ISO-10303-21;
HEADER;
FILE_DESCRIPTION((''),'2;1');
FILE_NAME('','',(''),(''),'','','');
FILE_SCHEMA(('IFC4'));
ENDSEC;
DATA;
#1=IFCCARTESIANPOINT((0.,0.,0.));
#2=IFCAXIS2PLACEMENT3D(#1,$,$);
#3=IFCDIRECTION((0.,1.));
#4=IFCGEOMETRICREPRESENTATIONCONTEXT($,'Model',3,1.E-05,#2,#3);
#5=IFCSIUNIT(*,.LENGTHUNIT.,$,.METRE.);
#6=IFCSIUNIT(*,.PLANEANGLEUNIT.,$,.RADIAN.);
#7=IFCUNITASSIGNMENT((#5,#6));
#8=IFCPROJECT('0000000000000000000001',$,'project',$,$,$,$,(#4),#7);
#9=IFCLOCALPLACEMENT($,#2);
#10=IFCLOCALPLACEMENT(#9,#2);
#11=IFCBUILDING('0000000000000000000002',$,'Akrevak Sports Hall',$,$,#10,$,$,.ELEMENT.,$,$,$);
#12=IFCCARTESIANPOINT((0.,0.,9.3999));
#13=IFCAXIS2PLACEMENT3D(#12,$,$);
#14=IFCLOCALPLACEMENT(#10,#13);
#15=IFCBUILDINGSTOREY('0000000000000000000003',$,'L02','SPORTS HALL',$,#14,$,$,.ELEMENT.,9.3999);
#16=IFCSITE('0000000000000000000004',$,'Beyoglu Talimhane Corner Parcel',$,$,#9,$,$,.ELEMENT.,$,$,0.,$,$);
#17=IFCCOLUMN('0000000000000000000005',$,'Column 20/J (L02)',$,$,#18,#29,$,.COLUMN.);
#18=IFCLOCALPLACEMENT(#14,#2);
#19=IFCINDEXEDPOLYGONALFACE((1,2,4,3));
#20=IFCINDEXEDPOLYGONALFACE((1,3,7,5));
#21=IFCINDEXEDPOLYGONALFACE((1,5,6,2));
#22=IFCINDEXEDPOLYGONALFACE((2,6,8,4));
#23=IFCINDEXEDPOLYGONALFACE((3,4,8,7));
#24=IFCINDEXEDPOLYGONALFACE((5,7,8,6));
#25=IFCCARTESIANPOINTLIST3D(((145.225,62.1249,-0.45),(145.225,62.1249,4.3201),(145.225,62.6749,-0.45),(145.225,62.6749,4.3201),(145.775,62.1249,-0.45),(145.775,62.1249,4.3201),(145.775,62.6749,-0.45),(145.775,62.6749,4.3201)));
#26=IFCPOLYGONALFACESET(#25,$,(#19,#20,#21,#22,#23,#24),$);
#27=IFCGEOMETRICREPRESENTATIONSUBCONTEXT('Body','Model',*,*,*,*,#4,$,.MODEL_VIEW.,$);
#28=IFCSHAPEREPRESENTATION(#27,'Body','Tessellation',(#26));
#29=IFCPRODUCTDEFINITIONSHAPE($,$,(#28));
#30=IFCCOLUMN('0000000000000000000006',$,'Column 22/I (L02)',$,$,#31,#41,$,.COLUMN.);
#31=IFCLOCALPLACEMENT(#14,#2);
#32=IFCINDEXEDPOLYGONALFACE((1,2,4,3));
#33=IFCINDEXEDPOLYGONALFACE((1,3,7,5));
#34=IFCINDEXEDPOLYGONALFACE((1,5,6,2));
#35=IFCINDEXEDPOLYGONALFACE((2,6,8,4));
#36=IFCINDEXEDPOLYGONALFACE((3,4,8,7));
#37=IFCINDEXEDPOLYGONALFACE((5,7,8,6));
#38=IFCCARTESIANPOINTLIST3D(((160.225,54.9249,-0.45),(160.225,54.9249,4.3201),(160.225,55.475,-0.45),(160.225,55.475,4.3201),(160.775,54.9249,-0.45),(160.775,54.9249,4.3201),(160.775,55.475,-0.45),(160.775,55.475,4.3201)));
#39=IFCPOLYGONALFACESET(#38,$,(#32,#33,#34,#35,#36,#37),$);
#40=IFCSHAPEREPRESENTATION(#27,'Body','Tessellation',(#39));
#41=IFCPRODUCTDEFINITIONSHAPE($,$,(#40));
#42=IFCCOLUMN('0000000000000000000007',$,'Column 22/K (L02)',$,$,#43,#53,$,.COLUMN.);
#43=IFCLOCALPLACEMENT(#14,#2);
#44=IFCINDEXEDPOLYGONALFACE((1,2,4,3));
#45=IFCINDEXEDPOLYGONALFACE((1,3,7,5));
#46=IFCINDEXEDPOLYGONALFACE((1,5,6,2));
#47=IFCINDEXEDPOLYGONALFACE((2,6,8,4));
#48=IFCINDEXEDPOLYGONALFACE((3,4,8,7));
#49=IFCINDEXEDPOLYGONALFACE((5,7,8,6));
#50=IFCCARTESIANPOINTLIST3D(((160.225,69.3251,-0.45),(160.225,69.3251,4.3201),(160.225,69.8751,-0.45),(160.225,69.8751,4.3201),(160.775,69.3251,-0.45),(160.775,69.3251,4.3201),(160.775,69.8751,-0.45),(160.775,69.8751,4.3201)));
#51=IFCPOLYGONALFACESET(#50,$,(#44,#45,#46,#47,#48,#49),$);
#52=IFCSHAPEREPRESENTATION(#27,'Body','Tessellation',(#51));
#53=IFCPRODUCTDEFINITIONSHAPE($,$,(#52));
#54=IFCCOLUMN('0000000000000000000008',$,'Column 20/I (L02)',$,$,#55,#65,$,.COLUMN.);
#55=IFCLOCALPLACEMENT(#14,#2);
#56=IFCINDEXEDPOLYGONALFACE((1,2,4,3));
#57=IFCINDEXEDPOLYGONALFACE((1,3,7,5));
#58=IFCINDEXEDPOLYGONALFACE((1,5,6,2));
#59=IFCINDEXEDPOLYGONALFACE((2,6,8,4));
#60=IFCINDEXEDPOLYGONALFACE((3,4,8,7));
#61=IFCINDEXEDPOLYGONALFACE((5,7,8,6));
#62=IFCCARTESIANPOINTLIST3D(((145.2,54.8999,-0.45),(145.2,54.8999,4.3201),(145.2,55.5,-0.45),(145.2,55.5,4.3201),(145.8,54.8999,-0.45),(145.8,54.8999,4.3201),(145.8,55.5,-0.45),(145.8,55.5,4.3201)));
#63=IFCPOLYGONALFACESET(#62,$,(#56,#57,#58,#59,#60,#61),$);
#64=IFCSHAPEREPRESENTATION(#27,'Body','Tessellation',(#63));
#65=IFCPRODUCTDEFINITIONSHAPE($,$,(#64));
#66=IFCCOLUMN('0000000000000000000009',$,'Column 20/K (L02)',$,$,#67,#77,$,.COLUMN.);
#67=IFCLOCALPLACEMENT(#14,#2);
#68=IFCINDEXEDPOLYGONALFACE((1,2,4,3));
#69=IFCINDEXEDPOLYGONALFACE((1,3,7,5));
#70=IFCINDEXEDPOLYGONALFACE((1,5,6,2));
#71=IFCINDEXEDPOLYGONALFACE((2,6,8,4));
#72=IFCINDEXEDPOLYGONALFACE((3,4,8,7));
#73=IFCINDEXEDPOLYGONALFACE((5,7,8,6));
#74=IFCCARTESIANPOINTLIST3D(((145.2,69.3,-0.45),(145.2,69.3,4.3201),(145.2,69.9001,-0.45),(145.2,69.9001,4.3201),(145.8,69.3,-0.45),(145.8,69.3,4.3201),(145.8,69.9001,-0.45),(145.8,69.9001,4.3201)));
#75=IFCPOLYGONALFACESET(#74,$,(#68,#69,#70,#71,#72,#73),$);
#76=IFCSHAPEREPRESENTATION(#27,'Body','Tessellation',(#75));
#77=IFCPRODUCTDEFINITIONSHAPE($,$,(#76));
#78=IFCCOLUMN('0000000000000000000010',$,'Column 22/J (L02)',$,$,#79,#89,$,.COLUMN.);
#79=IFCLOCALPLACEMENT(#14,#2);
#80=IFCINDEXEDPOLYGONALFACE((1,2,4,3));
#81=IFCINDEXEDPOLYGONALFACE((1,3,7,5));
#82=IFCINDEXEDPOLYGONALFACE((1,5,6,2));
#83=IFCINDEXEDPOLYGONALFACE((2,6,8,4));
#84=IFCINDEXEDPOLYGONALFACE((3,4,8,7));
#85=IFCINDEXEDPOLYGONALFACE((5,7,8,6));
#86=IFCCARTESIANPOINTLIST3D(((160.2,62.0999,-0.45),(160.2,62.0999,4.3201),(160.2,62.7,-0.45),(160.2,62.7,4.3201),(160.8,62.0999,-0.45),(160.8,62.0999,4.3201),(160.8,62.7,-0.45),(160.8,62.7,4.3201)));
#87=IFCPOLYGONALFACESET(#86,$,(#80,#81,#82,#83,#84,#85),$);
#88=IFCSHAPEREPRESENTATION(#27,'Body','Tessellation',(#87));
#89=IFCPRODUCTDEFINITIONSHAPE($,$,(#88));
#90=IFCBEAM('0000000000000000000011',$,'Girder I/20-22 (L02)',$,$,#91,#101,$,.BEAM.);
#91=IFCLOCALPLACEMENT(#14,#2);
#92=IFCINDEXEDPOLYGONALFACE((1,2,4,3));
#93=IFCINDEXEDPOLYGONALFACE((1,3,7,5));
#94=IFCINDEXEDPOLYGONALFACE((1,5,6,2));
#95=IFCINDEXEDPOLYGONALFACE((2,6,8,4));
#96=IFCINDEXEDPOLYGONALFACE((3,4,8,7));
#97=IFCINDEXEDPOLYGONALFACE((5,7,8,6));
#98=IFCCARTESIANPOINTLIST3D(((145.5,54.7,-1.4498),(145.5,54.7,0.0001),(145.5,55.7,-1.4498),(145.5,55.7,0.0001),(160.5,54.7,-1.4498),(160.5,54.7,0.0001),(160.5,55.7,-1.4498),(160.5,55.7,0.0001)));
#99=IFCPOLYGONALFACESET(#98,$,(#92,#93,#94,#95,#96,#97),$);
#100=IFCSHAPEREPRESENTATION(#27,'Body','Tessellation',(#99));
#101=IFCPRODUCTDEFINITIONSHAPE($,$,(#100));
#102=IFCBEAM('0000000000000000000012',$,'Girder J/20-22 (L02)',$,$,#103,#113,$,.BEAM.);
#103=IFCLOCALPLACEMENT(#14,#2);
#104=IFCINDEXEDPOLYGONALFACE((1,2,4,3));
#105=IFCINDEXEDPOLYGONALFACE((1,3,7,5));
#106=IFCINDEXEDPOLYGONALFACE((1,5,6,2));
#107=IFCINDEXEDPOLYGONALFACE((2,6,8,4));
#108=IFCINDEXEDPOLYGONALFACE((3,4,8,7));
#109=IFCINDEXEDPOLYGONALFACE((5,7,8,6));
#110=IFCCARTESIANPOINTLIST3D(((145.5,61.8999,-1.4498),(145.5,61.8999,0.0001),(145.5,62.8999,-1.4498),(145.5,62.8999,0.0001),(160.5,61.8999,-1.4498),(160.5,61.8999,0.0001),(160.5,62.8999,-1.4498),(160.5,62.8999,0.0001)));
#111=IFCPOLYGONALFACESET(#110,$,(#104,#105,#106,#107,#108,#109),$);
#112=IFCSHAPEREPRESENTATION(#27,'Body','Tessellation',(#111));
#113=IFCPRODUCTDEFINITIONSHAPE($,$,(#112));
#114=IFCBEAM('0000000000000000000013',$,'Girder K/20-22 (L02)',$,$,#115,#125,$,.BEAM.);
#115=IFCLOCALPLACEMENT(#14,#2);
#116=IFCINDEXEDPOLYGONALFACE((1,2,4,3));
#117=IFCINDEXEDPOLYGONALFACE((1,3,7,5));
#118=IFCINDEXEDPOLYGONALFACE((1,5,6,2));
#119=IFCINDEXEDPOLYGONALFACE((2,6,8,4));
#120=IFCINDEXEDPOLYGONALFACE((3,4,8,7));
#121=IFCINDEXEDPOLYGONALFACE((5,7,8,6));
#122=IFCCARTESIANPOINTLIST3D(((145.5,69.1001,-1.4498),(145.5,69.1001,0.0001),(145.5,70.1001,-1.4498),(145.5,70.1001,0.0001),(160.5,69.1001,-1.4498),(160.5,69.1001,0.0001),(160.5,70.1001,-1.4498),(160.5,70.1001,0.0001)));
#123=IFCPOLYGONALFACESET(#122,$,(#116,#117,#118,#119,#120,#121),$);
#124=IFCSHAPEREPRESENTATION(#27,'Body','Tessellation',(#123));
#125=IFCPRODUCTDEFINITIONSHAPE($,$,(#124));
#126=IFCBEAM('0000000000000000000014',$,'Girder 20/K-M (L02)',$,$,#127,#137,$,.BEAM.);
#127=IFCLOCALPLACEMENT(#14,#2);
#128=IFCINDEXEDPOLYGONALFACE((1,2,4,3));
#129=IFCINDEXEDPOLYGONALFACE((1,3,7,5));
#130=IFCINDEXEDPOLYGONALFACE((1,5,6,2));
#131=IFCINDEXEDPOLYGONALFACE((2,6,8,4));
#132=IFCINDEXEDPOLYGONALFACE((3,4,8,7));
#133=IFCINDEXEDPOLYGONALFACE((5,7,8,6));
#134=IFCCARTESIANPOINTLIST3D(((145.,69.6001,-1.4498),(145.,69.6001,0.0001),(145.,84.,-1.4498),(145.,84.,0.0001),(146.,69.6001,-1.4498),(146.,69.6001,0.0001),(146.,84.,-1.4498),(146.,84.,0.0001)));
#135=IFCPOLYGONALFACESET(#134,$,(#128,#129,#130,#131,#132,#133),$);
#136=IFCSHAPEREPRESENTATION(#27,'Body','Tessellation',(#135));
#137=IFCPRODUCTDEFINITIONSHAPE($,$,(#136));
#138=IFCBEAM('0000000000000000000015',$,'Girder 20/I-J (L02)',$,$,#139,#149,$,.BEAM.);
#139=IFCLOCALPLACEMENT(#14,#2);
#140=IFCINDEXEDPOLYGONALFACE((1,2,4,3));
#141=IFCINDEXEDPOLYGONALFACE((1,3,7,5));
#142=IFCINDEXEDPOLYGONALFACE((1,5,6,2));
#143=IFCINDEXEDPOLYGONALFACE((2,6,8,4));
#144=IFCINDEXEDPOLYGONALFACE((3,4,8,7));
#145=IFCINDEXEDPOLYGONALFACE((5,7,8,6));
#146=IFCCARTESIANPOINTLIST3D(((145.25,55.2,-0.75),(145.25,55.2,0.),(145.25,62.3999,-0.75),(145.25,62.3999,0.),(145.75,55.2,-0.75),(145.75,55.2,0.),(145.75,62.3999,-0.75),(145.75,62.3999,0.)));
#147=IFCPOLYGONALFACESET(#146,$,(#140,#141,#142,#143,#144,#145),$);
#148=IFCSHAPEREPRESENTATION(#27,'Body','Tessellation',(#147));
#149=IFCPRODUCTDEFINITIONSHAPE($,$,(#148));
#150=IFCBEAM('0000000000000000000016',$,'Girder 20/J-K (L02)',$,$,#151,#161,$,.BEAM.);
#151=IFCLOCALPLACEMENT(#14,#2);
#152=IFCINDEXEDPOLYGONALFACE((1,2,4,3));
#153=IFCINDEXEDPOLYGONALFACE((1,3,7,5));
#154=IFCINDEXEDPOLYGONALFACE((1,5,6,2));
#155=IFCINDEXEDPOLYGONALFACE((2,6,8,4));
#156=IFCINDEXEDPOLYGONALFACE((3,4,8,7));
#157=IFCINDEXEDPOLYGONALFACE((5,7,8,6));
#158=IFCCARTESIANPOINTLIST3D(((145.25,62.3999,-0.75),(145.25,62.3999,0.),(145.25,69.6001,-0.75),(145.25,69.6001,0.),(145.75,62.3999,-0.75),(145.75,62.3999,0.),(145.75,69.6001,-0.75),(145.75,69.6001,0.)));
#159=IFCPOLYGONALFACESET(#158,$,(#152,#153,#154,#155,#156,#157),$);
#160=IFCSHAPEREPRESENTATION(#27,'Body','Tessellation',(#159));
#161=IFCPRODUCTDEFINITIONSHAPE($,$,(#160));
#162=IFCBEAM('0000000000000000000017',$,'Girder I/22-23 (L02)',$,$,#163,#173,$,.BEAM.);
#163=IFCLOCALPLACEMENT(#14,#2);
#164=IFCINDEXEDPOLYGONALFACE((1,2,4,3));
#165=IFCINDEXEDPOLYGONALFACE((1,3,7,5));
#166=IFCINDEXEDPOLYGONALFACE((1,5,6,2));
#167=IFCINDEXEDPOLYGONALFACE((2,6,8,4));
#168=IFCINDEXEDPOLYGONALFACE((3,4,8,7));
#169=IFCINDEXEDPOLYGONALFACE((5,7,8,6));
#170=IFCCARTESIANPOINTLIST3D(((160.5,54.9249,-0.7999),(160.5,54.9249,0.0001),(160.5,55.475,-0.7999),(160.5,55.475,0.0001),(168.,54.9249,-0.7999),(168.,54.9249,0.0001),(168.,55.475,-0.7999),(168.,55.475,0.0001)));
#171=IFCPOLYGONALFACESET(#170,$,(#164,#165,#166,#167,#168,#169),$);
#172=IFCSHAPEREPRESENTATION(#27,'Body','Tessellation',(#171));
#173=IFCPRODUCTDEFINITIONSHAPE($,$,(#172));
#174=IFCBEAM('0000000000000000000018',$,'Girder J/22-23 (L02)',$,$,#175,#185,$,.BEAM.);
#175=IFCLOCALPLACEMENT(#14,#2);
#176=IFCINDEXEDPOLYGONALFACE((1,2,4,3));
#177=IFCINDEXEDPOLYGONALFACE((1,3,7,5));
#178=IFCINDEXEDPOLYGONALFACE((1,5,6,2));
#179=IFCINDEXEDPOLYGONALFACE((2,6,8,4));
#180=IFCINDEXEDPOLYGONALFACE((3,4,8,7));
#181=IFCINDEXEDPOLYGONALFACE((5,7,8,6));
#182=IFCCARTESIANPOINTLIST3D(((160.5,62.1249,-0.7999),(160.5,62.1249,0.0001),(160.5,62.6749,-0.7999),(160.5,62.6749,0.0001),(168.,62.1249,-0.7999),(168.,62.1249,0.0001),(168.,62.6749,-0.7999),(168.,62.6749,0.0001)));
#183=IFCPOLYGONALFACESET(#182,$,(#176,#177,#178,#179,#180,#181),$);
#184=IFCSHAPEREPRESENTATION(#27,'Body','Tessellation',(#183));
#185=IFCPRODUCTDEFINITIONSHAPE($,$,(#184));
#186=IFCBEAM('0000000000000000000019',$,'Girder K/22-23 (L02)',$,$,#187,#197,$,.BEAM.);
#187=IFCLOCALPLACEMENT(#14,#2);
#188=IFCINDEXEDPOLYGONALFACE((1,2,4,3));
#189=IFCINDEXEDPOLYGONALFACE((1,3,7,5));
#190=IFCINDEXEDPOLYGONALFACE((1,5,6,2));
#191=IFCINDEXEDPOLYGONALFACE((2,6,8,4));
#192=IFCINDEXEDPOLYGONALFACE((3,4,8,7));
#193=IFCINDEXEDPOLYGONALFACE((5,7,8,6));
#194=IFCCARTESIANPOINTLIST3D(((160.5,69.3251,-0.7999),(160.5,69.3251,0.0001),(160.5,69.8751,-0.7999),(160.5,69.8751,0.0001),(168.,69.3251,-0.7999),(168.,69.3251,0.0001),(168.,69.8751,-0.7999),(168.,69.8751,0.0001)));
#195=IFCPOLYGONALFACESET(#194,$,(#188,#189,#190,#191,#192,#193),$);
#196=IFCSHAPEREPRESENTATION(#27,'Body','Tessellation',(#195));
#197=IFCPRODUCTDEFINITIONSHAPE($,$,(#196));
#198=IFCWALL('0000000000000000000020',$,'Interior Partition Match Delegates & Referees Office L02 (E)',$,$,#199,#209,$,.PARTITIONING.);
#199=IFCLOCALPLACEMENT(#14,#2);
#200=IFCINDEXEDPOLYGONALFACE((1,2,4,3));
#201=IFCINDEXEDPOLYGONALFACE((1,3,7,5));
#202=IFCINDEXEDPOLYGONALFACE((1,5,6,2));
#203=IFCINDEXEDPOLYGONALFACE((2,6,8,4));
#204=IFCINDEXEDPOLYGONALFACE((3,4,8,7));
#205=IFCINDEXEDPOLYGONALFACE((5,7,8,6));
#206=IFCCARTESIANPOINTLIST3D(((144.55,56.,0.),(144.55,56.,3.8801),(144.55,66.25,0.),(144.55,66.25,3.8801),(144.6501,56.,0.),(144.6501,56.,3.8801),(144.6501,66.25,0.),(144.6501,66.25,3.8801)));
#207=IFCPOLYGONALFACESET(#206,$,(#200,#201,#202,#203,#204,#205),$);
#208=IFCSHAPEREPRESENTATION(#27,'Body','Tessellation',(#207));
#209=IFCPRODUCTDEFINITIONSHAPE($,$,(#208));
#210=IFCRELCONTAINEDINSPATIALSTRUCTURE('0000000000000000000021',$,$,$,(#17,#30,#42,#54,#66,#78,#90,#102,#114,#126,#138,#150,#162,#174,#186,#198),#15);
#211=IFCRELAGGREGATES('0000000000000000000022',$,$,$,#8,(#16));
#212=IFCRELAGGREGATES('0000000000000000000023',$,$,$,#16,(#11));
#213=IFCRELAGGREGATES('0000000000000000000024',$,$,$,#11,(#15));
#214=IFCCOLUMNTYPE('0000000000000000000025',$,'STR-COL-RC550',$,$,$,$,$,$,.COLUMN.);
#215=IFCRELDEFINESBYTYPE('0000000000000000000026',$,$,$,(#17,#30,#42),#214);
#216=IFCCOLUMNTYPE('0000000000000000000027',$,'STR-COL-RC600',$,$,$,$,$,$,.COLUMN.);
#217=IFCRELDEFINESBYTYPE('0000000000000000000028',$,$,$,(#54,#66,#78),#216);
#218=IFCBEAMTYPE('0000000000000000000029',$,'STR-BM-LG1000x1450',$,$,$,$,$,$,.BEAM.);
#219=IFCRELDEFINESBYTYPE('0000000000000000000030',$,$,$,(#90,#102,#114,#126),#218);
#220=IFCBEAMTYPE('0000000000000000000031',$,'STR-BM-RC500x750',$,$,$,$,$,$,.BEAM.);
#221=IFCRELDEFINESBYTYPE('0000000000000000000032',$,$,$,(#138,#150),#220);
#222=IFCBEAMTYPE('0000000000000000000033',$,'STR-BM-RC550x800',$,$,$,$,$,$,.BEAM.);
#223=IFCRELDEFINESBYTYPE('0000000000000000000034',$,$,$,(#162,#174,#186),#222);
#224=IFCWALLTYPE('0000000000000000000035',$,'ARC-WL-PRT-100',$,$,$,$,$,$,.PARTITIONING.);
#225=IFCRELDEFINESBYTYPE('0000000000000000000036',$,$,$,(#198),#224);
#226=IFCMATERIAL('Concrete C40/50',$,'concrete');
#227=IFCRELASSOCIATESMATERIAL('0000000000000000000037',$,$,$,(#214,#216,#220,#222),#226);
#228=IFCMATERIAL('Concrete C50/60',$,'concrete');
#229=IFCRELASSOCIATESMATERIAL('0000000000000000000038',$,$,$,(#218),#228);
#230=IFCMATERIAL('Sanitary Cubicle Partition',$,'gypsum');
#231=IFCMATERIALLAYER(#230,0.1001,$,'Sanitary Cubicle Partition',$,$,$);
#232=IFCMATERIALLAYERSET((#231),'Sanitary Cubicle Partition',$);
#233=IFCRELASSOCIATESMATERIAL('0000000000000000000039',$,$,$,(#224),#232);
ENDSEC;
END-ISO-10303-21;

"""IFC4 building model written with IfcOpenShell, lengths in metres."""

from ifc_helpers import new_model, si_unit, direction, frame, frame_2d, origin, origin_2d, place, context, subcontext, project, spatial, rectangle, extrude, material, layer, layer_set, material_profile, profile_set, type_object, element, save


model = new_model("IFC4")

# Units and contexts
model_context = context("Model", 3, precision=1e-05, world=origin(), true_north=direction((0.0, 1.0)))
body_context = subcontext(model_context, "Body", "Model", "MODEL_VIEW")
ifc_project = project(units=[si_unit("LENGTHUNIT", "METRE"), si_unit("PLANEANGLEUNIT", "RADIAN")], contexts=[model_context])

# Site, building, storey
site_placement = place(None, origin())
site = spatial("IfcSite", under=ifc_project, at=site_placement, Name="Beyoglu Talimhane Corner Parcel", CompositionType="ELEMENT", RefElevation=0.0)
building_placement = place(site_placement, origin())
building = spatial("IfcBuilding", under=site, at=building_placement, Name="Akrevak Sports Hall", CompositionType="ELEMENT")
storey_placement = place(building_placement, frame((0.0, 0.0, 9.3999)))
storey = spatial("IfcBuildingStorey", under=building, at=storey_placement, Name="L02", Description="SPORTS HALL", CompositionType="ELEMENT", Elevation=9.3999)

# Columns
ifc_material_1 = material(Name="Concrete C40/50", Category="concrete")
ifc_material_profile_1 = material_profile(ifc_material_1, rectangle(XDim=0.55, YDim=0.55, at=origin_2d()), Name="RC 550x550", Category="concrete")
ifc_profile_set_1 = profile_set([ifc_material_profile_1], Name="Concrete C40/50")
column_type_1 = type_object("IfcColumnType", Name="STR-COL-RC550", PredefinedType="COLUMN", material=ifc_profile_set_1)
for number, where, z_axis, x_axis, name in (
    (1, (145.5, 62.3999, -0.45), (0.0, 0.0, 1.0), (1.0, 0.0, 0.0), "Column 20/J (L02)"),
    (2, (160.5, 55.2, -0.45), (0.0, 0.0, 1.0), (1.0, 0.0, 0.0), "Column 22/I (L02)"),
    (3, (160.5, 69.6001, -0.45), (0.0, 0.0, 1.0), (1.0, 0.0, 0.0), "Column 22/K (L02)"),
):
    element("IfcColumn", number, at=place(storey_placement, frame(where, z_axis=z_axis, x_axis=x_axis)), inside=storey, type_object=column_type_1, Name=name, PredefinedType="COLUMN", context=body_context, shape_type="SweptSolid", body=[
        extrude(rectangle(XDim=0.55, YDim=0.55, at=origin_2d()), origin(), (0.0, 0.0, 1.0), 4.77),
    ])
ifc_material_profile_2 = material_profile(ifc_material_1, rectangle(XDim=0.6001, YDim=0.6001, at=origin_2d()), Name="RC 600x600", Category="concrete")
ifc_profile_set_2 = profile_set([ifc_material_profile_2], Name="Concrete C40/50")
column_type_2 = type_object("IfcColumnType", Name="STR-COL-RC600", PredefinedType="COLUMN", material=ifc_profile_set_2)
for number, where, z_axis, x_axis, name in (
    (4, (145.5, 55.2, -0.45), (0.0, 0.0, 1.0), (1.0, 0.0, 0.0), "Column 20/I (L02)"),
    (5, (145.5, 69.6001, -0.45), (0.0, 0.0, 1.0), (1.0, 0.0, 0.0), "Column 20/K (L02)"),
    (6, (160.5, 62.3999, -0.45), (0.0, 0.0, 1.0), (1.0, 0.0, 0.0), "Column 22/J (L02)"),
):
    element("IfcColumn", number, at=place(storey_placement, frame(where, z_axis=z_axis, x_axis=x_axis)), inside=storey, type_object=column_type_2, Name=name, PredefinedType="COLUMN", context=body_context, shape_type="SweptSolid", body=[
        extrude(rectangle(XDim=0.6001, YDim=0.6001, at=origin_2d()), origin(), (0.0, 0.0, 1.0), 4.77),
    ])

# Beams
ifc_material_2 = material(Name="Concrete C50/60", Category="concrete")
ifc_material_profile_3 = material_profile(ifc_material_2, rectangle(XDim=1.0, YDim=1.45, at=origin_2d()), Name="BM 1000x1450", Category="concrete")
ifc_profile_set_3 = profile_set([ifc_material_profile_3], Name="Concrete C50/60")
beam_type_1 = type_object("IfcBeamType", Name="STR-BM-LG1000x1450", PredefinedType="BEAM", material=ifc_profile_set_3)
for number, where, z_axis, x_axis, name in (
    (7, (145.5, 55.2, -0.7249), (1.0, 0.0, 0.0), (0.0, 1.0, 0.0), "Girder I/20-22 (L02)"),
    (8, (145.5, 62.3999, -0.7249), (1.0, 0.0, 0.0), (0.0, 1.0, 0.0), "Girder J/20-22 (L02)"),
    (9, (145.5, 69.6001, -0.7249), (1.0, 0.0, 0.0), (0.0, 1.0, 0.0), "Girder K/20-22 (L02)"),
):
    element("IfcBeam", number, at=place(storey_placement, frame(where, z_axis=z_axis, x_axis=x_axis)), inside=storey, type_object=beam_type_1, Name=name, PredefinedType="BEAM", context=body_context, shape_type="SweptSolid", body=[
        extrude(rectangle(XDim=1.0, YDim=1.45, at=origin_2d()), origin(), (0.0, 0.0, 1.0), 15.0),
    ])
beam_1_placement = place(storey_placement, frame((145.5, 69.6001, -0.7249), z_axis=(0.0, 1.0, 0.0), x_axis=(-1.0, 0.0, 0.0)))
element("IfcBeam", 10, at=beam_1_placement, inside=storey, type_object=beam_type_1, Name="Girder 20/K-M (L02)", PredefinedType="BEAM", context=body_context, shape_type="SweptSolid", body=[
    extrude(rectangle(XDim=1.0, YDim=1.45, at=origin_2d()), origin(), (0.0, 0.0, 1.0), 14.3999),
])
ifc_material_profile_4 = material_profile(ifc_material_1, rectangle(XDim=0.5, YDim=0.75, at=origin_2d()), Name="BM 500x750", Category="concrete")
ifc_profile_set_4 = profile_set([ifc_material_profile_4], Name="Concrete C40/50")
beam_type_2 = type_object("IfcBeamType", Name="STR-BM-RC500x750", PredefinedType="BEAM", material=ifc_profile_set_4)
beam_2_placement = place(storey_placement, frame((145.5, 55.2, -0.375), z_axis=(0.0, 1.0, 0.0), x_axis=(-1.0, 0.0, 0.0)))
element("IfcBeam", 11, at=beam_2_placement, inside=storey, type_object=beam_type_2, Name="Girder 20/I-J (L02)", PredefinedType="BEAM", context=body_context, shape_type="SweptSolid", body=[
    extrude(rectangle(XDim=0.5, YDim=0.75, at=origin_2d()), origin(), (0.0, 0.0, 1.0), 7.2),
])
beam_3_placement = place(storey_placement, frame((145.5, 62.3999, -0.375), z_axis=(0.0, 1.0, 0.0), x_axis=(-1.0, 0.0, 0.0)))
element("IfcBeam", 12, at=beam_3_placement, inside=storey, type_object=beam_type_2, Name="Girder 20/J-K (L02)", PredefinedType="BEAM", context=body_context, shape_type="SweptSolid", body=[
    extrude(rectangle(XDim=0.5, YDim=0.75, at=origin_2d()), origin(), (0.0, 0.0, 1.0), 7.2002),
])
ifc_material_profile_5 = material_profile(ifc_material_1, rectangle(XDim=0.55, YDim=0.8, at=origin_2d()), Name="BM 550x800", Category="concrete")
ifc_profile_set_5 = profile_set([ifc_material_profile_5], Name="Concrete C40/50")
beam_type_3 = type_object("IfcBeamType", Name="STR-BM-RC550x800", PredefinedType="BEAM", material=ifc_profile_set_5)
for number, where, z_axis, x_axis, name in (
    (13, (160.5, 55.2, -0.3999), (1.0, 0.0, 0.0), (0.0, 1.0, 0.0), "Girder I/22-23 (L02)"),
    (14, (160.5, 62.3999, -0.3999), (1.0, 0.0, 0.0), (0.0, 1.0, 0.0), "Girder J/22-23 (L02)"),
    (15, (160.5, 69.6001, -0.3999), (1.0, 0.0, 0.0), (0.0, 1.0, 0.0), "Girder K/22-23 (L02)"),
):
    element("IfcBeam", number, at=place(storey_placement, frame(where, z_axis=z_axis, x_axis=x_axis)), inside=storey, type_object=beam_type_3, Name=name, PredefinedType="BEAM", context=body_context, shape_type="SweptSolid", body=[
        extrude(rectangle(XDim=0.55, YDim=0.8, at=origin_2d()), origin(), (0.0, 0.0, 1.0), 7.5),
    ])

# Wall
ifc_material_3 = material(Name="Sanitary Cubicle Partition", Category="gypsum")
ifc_layer_1 = layer(ifc_material_3, 0.1001, Name="Sanitary Cubicle Partition")
ifc_layer_set_1 = layer_set([ifc_layer_1], Name="Sanitary Cubicle Partition")
wall_type_1 = type_object("IfcWallType", Name="ARC-WL-PRT-100", PredefinedType="PARTITIONING", material=ifc_layer_set_1)
wall_1_placement = place(storey_placement, frame((144.6001, 56.0, 0.0), z_axis=(0.0, 0.0, 1.0), x_axis=(0.0, 1.0, 0.0)))
element("IfcWall", 16, at=wall_1_placement, inside=storey, type_object=wall_type_1, Name="Interior Partition Match Delegates & Referees Office L02 (E)", PredefinedType="PARTITIONING", context=body_context, shape_type="SweptSolid", body=[
    extrude(rectangle(XDim=10.25, YDim=0.1001, at=frame_2d((5.125, 0.0))), origin(), (0.0, 0.0, 1.0), 3.8801),
])

save(model, "model.ifc")
